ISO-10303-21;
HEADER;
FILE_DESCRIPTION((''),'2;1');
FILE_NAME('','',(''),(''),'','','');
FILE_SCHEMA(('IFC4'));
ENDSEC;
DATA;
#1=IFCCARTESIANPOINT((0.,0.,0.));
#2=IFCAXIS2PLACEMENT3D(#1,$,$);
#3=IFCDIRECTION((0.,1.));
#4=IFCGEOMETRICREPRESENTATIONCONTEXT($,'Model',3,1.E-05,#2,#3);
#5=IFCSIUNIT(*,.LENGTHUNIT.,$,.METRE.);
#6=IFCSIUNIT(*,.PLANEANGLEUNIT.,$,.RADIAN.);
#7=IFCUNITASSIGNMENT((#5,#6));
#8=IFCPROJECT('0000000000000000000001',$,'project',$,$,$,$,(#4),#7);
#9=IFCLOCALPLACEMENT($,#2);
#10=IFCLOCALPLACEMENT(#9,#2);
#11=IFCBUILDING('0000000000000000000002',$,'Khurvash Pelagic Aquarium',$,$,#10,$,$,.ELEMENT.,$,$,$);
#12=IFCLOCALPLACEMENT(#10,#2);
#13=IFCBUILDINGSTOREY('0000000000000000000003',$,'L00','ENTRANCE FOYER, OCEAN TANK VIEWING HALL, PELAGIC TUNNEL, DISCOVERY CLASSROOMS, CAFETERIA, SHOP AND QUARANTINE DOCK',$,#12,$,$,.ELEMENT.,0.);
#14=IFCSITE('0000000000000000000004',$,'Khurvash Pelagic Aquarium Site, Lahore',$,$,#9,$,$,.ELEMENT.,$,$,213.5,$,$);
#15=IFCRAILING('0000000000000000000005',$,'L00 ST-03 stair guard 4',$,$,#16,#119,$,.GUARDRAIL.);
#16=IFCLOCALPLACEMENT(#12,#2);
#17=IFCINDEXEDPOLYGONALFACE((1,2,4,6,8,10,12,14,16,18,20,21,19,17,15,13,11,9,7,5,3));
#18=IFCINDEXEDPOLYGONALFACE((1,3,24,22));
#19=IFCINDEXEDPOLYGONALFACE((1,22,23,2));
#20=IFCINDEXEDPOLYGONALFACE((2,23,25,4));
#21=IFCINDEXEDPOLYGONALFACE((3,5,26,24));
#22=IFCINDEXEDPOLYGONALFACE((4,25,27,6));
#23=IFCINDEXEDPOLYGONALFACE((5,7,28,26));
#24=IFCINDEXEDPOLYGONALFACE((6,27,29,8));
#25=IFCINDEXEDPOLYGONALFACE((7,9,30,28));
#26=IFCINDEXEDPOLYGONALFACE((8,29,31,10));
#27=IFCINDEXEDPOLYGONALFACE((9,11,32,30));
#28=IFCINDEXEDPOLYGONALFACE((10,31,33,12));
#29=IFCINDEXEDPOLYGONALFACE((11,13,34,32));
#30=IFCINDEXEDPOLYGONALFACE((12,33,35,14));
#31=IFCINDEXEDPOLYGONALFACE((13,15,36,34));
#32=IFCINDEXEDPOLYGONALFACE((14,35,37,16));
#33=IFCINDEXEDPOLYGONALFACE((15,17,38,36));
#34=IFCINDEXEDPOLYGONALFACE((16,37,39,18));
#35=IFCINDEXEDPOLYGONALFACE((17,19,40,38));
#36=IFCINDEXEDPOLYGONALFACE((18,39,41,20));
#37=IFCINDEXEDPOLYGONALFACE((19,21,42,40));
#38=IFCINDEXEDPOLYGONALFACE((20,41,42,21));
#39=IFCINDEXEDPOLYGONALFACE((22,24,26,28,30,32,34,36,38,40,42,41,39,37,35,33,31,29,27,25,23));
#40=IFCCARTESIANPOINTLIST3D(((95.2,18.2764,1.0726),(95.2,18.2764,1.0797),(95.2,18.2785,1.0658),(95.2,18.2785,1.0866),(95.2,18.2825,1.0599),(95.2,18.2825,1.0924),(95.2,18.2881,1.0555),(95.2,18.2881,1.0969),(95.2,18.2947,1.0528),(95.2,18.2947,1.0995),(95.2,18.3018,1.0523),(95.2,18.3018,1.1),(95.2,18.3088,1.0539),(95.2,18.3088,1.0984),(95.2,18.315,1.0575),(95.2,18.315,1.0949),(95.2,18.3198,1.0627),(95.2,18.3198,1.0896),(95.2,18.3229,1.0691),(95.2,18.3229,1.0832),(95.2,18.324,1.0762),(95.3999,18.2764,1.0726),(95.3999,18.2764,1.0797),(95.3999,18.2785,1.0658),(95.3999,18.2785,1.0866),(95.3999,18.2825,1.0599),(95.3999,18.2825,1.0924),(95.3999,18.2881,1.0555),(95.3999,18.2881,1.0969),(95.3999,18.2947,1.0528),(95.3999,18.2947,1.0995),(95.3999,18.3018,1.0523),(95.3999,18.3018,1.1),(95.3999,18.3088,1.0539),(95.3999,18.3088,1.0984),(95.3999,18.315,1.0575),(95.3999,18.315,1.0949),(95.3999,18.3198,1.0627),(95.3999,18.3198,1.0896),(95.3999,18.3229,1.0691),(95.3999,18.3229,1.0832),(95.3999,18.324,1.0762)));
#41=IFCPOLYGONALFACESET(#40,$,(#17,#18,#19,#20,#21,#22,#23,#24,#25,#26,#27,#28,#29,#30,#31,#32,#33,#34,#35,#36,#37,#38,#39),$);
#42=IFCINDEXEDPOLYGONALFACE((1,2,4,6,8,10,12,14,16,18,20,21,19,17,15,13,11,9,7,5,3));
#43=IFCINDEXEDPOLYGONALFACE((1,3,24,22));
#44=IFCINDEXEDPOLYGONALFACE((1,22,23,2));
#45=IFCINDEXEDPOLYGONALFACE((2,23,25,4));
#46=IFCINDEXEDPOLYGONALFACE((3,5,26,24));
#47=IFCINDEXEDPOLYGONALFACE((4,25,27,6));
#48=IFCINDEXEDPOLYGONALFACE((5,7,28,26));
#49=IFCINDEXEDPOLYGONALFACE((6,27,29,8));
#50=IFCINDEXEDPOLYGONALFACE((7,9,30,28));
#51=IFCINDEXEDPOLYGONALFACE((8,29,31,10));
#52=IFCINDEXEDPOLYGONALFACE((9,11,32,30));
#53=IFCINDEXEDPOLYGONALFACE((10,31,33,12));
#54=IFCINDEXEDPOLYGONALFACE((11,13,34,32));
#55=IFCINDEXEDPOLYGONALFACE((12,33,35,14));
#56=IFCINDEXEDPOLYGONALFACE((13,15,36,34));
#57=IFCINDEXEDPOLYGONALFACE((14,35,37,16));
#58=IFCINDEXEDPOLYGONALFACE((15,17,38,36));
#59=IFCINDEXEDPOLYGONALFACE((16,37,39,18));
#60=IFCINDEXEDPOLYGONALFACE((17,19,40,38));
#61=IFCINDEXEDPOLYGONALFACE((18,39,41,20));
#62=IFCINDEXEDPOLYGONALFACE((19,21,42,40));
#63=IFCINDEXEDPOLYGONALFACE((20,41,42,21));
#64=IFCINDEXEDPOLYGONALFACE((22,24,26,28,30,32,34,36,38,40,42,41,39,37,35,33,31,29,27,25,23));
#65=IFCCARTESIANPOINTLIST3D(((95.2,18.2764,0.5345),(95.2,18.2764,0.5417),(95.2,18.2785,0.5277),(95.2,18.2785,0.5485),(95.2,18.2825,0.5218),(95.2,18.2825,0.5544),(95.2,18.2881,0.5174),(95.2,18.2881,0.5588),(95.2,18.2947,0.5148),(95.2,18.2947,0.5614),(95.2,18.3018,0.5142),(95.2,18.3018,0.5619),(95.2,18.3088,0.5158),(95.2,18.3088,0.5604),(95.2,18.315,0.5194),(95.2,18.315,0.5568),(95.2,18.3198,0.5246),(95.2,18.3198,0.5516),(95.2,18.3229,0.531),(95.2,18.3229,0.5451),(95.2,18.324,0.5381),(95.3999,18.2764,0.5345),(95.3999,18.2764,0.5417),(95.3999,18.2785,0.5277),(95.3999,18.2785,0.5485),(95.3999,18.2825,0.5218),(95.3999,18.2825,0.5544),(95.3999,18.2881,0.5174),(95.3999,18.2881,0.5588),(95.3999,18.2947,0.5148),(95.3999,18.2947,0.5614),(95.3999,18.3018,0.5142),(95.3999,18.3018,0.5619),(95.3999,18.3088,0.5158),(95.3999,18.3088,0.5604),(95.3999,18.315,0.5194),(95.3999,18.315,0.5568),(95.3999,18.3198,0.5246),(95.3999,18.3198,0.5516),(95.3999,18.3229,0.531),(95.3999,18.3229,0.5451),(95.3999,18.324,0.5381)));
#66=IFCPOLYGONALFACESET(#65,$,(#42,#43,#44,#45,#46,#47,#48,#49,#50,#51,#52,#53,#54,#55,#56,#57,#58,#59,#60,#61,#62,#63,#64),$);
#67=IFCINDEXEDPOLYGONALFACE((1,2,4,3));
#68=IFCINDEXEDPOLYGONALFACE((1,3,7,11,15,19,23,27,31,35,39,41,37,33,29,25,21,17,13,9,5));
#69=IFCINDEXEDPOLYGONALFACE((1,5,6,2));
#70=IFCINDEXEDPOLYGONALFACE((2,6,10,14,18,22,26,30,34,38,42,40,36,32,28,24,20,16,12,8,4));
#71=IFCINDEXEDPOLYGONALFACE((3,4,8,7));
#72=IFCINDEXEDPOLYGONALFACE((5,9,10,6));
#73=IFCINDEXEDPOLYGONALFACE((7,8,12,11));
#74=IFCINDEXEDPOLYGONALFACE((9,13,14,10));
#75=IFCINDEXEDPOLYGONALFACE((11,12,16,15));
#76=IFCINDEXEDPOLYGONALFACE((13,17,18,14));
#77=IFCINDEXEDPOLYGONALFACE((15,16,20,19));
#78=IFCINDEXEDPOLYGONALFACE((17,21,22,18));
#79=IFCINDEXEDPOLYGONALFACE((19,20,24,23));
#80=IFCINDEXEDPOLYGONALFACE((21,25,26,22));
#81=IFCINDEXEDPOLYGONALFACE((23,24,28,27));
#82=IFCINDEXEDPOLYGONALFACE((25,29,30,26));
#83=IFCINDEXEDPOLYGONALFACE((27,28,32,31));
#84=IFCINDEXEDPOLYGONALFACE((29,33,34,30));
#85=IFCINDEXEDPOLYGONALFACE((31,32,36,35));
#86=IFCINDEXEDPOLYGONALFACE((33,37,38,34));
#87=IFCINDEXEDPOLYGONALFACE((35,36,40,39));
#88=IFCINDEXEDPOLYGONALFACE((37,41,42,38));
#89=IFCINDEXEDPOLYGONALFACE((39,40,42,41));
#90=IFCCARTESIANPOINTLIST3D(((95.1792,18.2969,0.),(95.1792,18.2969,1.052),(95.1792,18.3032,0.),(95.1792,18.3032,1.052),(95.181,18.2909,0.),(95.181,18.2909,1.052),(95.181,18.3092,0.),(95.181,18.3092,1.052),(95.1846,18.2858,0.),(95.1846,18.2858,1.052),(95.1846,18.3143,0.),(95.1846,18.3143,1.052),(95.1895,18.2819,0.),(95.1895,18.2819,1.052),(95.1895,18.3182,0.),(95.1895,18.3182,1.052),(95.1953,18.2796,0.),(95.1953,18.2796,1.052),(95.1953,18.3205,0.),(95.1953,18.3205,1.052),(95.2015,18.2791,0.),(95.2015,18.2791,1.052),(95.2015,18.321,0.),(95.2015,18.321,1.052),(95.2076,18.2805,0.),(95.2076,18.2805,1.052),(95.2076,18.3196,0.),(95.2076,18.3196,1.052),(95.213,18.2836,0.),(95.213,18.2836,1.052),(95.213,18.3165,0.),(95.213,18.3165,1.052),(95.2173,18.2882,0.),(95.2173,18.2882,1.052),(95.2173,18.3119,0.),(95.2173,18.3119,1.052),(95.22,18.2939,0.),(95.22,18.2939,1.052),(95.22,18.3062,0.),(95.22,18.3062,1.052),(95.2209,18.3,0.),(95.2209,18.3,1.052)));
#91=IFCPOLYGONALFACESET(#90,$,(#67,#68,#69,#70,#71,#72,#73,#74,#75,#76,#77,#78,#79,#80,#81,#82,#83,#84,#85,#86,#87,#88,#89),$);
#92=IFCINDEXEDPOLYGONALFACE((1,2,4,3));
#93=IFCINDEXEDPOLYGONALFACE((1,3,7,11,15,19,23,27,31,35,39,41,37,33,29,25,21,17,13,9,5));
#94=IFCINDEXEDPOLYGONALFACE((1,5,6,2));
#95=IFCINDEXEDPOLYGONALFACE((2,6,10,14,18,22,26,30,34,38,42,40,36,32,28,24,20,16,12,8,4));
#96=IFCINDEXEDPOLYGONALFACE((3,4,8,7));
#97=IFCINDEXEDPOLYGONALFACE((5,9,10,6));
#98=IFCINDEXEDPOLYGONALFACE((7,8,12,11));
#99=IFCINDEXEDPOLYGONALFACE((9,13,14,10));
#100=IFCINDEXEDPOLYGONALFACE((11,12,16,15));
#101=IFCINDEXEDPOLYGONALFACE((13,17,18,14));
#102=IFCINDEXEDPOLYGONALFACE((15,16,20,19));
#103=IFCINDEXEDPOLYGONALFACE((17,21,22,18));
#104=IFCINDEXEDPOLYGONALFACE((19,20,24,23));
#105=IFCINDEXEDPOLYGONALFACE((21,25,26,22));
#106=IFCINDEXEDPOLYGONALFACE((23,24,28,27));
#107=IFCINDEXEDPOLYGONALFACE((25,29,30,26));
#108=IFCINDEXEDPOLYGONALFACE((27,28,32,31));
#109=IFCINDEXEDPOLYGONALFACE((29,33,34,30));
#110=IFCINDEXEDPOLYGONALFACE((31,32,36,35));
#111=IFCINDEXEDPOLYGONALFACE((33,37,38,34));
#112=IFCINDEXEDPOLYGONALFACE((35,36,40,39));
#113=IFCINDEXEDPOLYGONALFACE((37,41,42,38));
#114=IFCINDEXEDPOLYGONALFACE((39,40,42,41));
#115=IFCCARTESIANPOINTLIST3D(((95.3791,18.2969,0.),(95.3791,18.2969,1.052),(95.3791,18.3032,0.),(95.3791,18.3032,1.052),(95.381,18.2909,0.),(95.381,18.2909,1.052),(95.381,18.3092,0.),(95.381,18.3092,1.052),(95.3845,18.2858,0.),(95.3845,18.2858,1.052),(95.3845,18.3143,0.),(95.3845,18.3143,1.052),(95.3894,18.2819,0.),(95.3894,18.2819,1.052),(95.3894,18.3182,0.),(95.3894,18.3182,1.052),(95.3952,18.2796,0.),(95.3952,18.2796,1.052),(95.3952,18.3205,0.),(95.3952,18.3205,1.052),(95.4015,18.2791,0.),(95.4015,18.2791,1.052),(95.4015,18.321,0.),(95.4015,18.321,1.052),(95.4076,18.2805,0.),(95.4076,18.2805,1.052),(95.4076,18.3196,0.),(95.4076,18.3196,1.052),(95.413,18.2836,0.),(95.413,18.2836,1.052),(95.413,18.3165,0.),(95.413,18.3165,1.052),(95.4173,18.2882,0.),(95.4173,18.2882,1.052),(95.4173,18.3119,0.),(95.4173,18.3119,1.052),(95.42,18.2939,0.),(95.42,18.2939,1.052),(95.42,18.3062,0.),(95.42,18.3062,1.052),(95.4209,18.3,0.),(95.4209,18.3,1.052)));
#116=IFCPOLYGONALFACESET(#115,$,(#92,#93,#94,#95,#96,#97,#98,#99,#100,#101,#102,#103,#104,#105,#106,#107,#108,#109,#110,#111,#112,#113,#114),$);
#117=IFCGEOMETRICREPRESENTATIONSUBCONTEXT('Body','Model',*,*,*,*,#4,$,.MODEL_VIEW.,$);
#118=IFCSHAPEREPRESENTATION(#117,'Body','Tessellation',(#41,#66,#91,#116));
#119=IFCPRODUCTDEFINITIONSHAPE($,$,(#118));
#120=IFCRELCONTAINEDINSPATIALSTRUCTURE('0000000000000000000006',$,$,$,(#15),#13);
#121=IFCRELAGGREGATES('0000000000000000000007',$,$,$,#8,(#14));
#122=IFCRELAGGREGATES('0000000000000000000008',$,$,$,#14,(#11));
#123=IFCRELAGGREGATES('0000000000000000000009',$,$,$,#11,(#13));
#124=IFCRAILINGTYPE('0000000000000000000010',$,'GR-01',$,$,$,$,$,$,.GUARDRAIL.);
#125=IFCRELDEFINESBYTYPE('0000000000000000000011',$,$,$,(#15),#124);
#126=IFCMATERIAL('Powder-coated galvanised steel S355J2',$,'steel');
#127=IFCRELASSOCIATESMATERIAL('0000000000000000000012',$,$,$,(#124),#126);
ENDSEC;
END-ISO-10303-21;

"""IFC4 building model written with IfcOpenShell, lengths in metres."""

from ifc_helpers import new_model, si_unit, direction, frame, origin, origin_2d, place, context, subcontext, project, spatial, circle, extrude, material, type_object, element, save


model = new_model("IFC4")

# Units and contexts
model_context = context("Model", 3, precision=1e-05, world=origin(), true_north=direction((0.0, 1.0)))
body_context = subcontext(model_context, "Body", "Model", "MODEL_VIEW")
ifc_project = project(units=[si_unit("LENGTHUNIT", "METRE"), si_unit("PLANEANGLEUNIT", "RADIAN")], contexts=[model_context])

# Site, building, storey
site_placement = place(None, origin())
site = spatial("IfcSite", under=ifc_project, at=site_placement, Name="Khurvash Pelagic Aquarium Site, Lahore", CompositionType="ELEMENT", RefElevation=213.5)
building_placement = place(site_placement, origin())
building = spatial("IfcBuilding", under=site, at=building_placement, Name="Khurvash Pelagic Aquarium", CompositionType="ELEMENT")
storey_placement = place(building_placement, origin())
storey = spatial("IfcBuildingStorey", under=building, at=storey_placement, Name="L00", Description="ENTRANCE FOYER, OCEAN TANK VIEWING HALL, PELAGIC TUNNEL, DISCOVERY CLASSROOMS, CAFETERIA, SHOP AND QUARANTINE DOCK", CompositionType="ELEMENT", Elevation=0.0)

# Railing
ifc_material_1 = material(Name="Powder-coated galvanised steel S355J2", Category="steel")
railing_type_1 = type_object("IfcRailingType", Name="GR-01", PredefinedType="GUARDRAIL", material=ifc_material_1)
railing_1_placement = place(storey_placement, frame((95.2, 18.3, 0.0)))
element("IfcRailing", 1, at=railing_1_placement, inside=storey, type_object=railing_type_1, Name="L00 ST-03 stair guard 4", PredefinedType="GUARDRAIL", context=body_context, shape_type="SweptSolid", body=[
    extrude(circle(Radius=0.0239, at=origin_2d()), frame((0.0, 0.0, 1.0762), z_axis=(1.0, 0.0, 0.0), x_axis=(0.0, 1.0, 0.0)), (0.0, 0.0, 1.0), 0.2),
    extrude(circle(Radius=0.0239, at=origin_2d()), frame((0.0, 0.0, 0.5381), z_axis=(1.0, 0.0, 0.0), x_axis=(0.0, 1.0, 0.0)), (0.0, 0.0, 1.0), 0.2),
    extrude(circle(Radius=0.021, at=origin_2d()), origin(), (0.0, 0.0, 1.0), 1.052),
    extrude(circle(Radius=0.021, at=origin_2d()), frame((0.2, 0.0, 0.0)), (0.0, 0.0, 1.0), 1.052),
])

save(model, "model.ifc")
